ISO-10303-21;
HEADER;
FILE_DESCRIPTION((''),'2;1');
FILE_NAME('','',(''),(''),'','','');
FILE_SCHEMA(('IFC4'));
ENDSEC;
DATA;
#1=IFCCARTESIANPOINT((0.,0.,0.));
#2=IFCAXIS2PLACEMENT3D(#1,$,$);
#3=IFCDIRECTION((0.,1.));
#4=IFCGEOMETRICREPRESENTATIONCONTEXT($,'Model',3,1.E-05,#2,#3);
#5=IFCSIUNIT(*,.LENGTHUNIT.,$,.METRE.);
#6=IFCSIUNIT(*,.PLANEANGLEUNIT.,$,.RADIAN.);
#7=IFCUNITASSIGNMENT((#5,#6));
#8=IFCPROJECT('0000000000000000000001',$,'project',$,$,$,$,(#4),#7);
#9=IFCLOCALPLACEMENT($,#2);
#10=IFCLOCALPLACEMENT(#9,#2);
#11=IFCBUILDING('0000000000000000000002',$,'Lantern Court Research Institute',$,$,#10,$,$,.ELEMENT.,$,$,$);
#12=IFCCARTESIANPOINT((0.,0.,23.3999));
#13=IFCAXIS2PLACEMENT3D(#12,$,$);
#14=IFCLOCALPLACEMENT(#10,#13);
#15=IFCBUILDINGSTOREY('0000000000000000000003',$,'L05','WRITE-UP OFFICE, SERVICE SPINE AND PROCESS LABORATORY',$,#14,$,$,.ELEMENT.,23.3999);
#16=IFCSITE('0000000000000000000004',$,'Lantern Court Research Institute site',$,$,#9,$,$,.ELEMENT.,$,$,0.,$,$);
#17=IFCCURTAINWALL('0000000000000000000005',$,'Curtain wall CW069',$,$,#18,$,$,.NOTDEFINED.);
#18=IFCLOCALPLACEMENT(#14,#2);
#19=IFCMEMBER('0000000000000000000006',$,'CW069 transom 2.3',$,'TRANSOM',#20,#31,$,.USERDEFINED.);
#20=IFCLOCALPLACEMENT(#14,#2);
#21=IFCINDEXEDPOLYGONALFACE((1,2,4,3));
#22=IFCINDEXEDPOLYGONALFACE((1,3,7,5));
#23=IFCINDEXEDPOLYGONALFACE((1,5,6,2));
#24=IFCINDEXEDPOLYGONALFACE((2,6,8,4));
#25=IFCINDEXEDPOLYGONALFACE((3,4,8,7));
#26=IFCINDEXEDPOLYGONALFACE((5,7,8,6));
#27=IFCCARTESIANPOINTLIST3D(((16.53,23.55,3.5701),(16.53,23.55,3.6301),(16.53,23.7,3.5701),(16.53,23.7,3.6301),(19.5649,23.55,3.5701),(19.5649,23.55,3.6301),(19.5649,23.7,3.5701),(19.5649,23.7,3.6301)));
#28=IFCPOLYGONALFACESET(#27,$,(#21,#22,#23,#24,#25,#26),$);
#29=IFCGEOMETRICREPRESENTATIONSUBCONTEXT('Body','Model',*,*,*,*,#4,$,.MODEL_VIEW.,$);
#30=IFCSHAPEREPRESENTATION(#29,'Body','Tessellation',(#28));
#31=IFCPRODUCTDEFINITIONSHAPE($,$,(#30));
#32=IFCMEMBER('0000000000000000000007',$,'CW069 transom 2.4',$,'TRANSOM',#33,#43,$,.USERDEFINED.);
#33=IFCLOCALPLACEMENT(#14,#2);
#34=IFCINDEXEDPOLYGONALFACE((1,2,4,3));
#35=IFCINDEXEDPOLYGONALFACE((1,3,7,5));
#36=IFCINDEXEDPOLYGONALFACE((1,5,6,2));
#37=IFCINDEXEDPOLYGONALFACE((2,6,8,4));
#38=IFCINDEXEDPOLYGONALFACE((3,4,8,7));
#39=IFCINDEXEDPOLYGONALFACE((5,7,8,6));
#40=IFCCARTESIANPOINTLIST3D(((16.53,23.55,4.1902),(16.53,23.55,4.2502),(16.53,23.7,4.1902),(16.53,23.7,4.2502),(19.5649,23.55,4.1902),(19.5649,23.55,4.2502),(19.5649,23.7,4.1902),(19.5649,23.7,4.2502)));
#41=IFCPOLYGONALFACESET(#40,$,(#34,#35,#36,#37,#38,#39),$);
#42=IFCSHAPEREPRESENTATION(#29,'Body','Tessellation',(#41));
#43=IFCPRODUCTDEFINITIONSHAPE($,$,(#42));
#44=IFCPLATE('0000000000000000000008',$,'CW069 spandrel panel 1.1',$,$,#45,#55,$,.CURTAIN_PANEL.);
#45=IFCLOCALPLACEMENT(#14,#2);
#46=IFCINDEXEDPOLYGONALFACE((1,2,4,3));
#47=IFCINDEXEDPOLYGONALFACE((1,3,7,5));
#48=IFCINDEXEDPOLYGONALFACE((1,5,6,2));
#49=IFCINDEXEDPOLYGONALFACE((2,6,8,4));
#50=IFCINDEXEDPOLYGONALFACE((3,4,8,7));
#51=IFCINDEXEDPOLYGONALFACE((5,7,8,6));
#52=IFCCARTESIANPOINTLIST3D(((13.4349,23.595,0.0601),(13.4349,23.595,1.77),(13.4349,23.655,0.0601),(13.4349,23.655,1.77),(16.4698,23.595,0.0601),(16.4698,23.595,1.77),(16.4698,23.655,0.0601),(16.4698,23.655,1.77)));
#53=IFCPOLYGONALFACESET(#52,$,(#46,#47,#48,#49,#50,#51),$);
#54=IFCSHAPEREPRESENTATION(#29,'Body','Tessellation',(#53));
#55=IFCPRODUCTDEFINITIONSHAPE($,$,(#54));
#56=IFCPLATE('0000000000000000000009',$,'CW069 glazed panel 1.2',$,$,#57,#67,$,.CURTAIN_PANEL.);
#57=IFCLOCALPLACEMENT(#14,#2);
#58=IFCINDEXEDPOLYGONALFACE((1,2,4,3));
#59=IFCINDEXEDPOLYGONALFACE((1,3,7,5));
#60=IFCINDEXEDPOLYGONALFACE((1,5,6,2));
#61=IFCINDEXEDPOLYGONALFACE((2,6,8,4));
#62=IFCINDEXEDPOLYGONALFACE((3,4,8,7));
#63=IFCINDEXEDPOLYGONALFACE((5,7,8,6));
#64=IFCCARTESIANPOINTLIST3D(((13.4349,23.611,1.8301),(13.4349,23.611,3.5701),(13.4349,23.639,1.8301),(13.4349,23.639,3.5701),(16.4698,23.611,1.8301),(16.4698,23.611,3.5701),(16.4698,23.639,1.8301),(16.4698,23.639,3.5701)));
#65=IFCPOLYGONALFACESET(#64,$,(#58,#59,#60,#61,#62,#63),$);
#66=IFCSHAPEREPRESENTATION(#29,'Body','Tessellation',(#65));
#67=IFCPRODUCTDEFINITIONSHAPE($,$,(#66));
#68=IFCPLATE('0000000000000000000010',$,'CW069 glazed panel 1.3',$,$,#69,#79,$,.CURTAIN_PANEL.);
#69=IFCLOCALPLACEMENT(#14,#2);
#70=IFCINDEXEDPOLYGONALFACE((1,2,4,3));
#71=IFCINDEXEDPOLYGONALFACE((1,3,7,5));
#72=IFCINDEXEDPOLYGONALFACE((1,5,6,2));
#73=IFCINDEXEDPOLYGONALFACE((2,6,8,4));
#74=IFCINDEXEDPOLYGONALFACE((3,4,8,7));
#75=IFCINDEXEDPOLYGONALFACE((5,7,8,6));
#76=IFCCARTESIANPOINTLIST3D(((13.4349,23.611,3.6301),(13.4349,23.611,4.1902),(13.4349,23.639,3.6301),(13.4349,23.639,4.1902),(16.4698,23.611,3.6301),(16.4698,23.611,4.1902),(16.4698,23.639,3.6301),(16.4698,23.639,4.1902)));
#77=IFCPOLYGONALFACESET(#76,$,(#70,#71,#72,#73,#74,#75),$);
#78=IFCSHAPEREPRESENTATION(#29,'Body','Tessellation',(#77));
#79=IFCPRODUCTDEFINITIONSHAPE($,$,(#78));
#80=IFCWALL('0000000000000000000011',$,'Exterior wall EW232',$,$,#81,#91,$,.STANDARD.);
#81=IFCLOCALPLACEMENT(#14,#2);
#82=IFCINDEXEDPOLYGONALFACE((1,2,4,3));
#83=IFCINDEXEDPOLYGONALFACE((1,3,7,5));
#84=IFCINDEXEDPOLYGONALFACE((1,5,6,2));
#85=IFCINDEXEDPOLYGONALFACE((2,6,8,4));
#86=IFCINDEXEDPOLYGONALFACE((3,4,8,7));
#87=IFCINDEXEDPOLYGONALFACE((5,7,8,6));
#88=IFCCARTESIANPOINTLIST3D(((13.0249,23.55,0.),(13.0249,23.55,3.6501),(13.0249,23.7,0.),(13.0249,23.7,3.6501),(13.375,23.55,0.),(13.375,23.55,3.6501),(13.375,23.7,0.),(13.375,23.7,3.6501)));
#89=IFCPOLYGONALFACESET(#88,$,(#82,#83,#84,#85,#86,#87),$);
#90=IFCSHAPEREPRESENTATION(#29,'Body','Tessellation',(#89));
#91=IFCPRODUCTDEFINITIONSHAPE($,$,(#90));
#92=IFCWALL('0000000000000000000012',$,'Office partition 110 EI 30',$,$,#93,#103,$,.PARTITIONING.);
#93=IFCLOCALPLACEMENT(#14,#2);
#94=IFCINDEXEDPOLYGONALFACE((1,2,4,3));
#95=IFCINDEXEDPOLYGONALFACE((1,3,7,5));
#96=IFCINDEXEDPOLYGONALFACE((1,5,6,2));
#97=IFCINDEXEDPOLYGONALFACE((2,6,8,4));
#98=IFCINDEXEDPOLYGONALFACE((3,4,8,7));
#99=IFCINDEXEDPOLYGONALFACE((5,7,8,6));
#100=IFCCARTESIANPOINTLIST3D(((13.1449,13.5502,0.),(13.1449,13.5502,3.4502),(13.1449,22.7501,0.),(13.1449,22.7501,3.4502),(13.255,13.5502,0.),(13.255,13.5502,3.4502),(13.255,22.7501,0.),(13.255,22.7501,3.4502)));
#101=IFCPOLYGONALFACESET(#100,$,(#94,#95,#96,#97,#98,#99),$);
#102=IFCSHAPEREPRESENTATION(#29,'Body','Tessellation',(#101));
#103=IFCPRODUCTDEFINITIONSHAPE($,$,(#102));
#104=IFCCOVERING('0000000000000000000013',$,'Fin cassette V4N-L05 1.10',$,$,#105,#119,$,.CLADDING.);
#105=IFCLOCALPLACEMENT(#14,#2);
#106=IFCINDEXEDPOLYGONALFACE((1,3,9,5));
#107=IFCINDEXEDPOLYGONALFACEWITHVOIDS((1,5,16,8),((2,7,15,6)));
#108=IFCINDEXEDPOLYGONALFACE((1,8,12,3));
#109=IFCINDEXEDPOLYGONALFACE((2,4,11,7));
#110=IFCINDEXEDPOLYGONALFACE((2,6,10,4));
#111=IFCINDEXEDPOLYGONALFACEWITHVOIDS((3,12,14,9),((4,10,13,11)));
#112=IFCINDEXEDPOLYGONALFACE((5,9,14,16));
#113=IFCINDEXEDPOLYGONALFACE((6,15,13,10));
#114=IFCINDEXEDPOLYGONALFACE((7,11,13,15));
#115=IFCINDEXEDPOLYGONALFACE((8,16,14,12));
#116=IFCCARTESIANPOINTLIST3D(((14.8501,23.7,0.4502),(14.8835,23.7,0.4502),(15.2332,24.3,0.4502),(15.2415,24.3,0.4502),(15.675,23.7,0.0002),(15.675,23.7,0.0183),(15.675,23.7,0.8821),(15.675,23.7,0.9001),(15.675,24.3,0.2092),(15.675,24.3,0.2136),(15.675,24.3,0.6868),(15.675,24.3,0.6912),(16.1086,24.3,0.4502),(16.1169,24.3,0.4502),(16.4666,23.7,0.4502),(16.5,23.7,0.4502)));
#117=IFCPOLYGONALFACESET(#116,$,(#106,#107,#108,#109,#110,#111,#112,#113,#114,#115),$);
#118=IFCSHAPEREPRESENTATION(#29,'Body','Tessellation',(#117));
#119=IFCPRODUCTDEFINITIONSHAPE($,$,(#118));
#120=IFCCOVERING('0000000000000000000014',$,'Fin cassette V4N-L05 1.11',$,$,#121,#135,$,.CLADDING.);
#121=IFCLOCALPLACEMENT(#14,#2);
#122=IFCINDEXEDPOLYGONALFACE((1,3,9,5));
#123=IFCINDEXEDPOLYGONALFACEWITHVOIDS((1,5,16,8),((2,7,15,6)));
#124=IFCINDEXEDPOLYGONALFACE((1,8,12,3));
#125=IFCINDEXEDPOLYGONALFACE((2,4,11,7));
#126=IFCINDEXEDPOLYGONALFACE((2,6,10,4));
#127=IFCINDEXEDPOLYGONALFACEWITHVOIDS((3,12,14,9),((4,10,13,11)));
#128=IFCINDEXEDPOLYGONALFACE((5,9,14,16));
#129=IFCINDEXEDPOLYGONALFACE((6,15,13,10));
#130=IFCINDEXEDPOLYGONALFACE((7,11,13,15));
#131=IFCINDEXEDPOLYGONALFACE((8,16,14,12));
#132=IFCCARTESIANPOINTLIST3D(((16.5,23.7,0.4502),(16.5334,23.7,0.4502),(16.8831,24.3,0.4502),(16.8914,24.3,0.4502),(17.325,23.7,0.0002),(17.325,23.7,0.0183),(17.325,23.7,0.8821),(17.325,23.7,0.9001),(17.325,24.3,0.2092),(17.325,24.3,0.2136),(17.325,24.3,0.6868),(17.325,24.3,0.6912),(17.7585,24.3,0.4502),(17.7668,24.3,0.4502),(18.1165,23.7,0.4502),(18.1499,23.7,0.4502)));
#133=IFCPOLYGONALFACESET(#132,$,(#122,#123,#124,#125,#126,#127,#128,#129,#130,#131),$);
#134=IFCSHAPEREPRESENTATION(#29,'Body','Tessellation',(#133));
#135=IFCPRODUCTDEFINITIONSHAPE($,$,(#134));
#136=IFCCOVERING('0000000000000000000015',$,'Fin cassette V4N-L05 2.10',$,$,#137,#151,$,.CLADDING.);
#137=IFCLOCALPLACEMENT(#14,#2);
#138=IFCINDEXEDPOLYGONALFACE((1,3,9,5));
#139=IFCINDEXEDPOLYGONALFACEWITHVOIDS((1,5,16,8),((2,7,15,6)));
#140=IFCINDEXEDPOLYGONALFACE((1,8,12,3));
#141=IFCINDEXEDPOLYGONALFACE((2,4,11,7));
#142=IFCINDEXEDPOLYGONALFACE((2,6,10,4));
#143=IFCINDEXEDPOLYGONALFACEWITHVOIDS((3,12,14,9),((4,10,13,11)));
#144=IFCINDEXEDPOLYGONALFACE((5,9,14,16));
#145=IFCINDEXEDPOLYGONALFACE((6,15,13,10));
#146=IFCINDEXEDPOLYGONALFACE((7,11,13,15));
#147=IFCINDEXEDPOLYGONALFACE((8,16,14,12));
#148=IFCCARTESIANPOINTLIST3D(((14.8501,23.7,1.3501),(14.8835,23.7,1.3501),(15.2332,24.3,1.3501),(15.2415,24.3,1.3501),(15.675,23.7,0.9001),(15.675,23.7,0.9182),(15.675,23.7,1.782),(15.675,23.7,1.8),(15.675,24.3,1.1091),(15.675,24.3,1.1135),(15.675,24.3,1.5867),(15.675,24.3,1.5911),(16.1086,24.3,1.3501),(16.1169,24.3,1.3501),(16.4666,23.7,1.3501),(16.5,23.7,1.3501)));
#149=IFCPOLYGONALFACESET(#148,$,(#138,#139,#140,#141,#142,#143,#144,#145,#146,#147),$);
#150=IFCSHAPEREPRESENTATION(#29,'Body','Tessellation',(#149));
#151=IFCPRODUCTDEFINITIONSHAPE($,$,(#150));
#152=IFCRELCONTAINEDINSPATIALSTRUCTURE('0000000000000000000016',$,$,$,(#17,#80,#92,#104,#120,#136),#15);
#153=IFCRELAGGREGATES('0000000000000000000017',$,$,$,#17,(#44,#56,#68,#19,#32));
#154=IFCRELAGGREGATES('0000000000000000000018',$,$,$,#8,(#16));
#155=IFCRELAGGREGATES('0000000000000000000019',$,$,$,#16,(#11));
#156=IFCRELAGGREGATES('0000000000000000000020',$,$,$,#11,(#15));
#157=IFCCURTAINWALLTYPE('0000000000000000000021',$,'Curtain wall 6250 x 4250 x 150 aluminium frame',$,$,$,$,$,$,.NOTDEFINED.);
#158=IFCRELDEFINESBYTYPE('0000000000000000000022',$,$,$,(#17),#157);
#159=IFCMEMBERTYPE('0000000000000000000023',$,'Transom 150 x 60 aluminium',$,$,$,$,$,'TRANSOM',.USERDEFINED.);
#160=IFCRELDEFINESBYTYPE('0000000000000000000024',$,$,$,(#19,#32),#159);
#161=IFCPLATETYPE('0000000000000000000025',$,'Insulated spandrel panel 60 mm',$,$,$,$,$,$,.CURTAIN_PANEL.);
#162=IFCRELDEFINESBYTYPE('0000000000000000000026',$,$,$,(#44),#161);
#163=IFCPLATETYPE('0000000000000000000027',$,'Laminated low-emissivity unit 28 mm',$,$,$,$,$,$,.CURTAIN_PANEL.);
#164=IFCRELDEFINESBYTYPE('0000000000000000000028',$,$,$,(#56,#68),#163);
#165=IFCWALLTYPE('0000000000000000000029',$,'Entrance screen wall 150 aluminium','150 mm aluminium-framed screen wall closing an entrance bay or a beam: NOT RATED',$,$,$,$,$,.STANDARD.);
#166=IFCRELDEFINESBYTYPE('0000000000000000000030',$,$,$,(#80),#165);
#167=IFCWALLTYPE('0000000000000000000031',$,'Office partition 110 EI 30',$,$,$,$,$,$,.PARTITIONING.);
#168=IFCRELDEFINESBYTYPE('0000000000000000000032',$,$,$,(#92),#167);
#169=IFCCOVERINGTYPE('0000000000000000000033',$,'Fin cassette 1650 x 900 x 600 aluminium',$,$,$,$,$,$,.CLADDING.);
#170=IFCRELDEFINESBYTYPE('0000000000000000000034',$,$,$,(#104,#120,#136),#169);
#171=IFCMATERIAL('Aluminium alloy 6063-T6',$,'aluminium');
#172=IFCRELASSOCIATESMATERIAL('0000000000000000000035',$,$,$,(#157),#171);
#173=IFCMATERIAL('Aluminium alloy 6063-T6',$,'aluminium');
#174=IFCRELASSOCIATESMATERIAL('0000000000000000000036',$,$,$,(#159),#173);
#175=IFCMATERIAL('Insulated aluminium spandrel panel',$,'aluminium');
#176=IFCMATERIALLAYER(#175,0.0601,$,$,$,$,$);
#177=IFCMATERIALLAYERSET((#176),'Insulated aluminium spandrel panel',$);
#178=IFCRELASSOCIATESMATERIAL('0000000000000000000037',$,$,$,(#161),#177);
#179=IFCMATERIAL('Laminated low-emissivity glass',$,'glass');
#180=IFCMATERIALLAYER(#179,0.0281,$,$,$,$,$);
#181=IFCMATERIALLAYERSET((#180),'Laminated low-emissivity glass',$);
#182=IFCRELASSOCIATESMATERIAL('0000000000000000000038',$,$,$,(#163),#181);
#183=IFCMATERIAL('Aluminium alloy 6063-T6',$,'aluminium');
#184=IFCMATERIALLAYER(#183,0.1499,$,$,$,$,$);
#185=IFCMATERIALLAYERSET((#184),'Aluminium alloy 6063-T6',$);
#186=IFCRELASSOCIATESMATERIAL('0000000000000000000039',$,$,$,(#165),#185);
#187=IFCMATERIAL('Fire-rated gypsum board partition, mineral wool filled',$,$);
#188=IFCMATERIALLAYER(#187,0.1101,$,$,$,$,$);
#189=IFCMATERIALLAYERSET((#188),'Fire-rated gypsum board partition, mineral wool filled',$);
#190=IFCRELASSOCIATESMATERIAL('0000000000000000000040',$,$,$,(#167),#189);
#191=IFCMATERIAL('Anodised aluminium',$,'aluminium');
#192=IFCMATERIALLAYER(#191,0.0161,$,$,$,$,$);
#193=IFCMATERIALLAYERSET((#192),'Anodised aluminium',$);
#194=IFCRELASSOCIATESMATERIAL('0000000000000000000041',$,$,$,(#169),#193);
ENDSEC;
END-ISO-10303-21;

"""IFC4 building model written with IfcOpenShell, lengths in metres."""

from ifc_helpers import new_model, entity, si_unit, direction, frame, frame_2d, origin, origin_2d, place, context, subcontext, project, spatial, rectangle, extrude, material, layer, layer_set, material_profile, profile_set, type_object, element, aggregate, save


model = new_model("IFC4")

# Units and contexts
model_context = context("Model", 3, precision=1e-05, world=origin(), true_north=direction((0.0, 1.0)))
body_context = subcontext(model_context, "Body", "Model", "MODEL_VIEW")
ifc_project = project(units=[si_unit("LENGTHUNIT", "METRE"), si_unit("PLANEANGLEUNIT", "RADIAN")], contexts=[model_context])

# Site, building, storey
site_placement = place(None, origin())
site = spatial("IfcSite", under=ifc_project, at=site_placement, Name="Lantern Court Research Institute site", CompositionType="ELEMENT", RefElevation=0.0)
building_placement = place(site_placement, origin())
building = spatial("IfcBuilding", under=site, at=building_placement, Name="Lantern Court Research Institute", CompositionType="ELEMENT")
storey_placement = place(building_placement, frame((0.0, 0.0, 23.3999)))
storey = spatial("IfcBuildingStorey", under=building, at=storey_placement, Name="L05", Description="WRITE-UP OFFICE, SERVICE SPINE AND PROCESS LABORATORY", CompositionType="ELEMENT", Elevation=23.3999)

# Shared definitions
ifc_material_1 = material(Name="Aluminium alloy 6063-T6", Category="aluminium")
curtain_wall_type = type_object("IfcCurtainWallType", Name="Curtain wall 6250 x 4250 x 150 aluminium frame", PredefinedType="NOTDEFINED", material=ifc_material_1)

# Curtain wall
curtain_wall_1_placement = place(storey_placement, origin())
curtain_wall_1 = element("IfcCurtainWall", 1, at=curtain_wall_1_placement, inside=storey, type_object=curtain_wall_type, Name="Curtain wall CW069", PredefinedType="NOTDEFINED")

# Members
ifc_material_2 = material(Name="Aluminium alloy 6063-T6", Category="aluminium")
ifc_material_profile_1 = material_profile(ifc_material_2, rectangle(XDim=0.1499, YDim=0.0601, at=origin_2d()), Name="Transom 150 x 60")
ifc_profile_set_1 = profile_set([ifc_material_profile_1], Name="Aluminium alloy 6063-T6")
member_type_1 = type_object("IfcMemberType", Name="Transom 150 x 60 aluminium", ElementType="TRANSOM", PredefinedType="USERDEFINED", material=ifc_profile_set_1)
member_1_placement = place(storey_placement, frame((16.53, 23.625, 3.6001), z_axis=(1.0, 0.0, 0.0), x_axis=(0.0, 1.0, 0.0)))
member_1 = element("IfcMember", 2, at=member_1_placement, type_object=member_type_1, Name="CW069 transom 2.3", ObjectType="TRANSOM", PredefinedType="USERDEFINED", context=body_context, shape_type="SweptSolid", body=[
    extrude(rectangle(XDim=0.1499, YDim=0.0601, at=origin_2d()), origin(), (0.0, 0.0, 1.0), 3.0349),
])
member_2_placement = place(storey_placement, frame((16.53, 23.625, 4.2202), z_axis=(1.0, 0.0, 0.0), x_axis=(0.0, 1.0, 0.0)))
member_2 = element("IfcMember", 3, at=member_2_placement, type_object=member_type_1, Name="CW069 transom 2.4", ObjectType="TRANSOM", PredefinedType="USERDEFINED", context=body_context, shape_type="SweptSolid", body=[
    extrude(rectangle(XDim=0.1499, YDim=0.0601, at=origin_2d()), origin(), (0.0, 0.0, 1.0), 3.0349),
])

# Plates
ifc_material_3 = material(Name="Insulated aluminium spandrel panel", Category="aluminium")
ifc_layer_1 = layer(ifc_material_3, 0.0601)
ifc_layer_set_1 = layer_set([ifc_layer_1], Name="Insulated aluminium spandrel panel")
plate_type_1 = type_object("IfcPlateType", Name="Insulated spandrel panel 60 mm", PredefinedType="CURTAIN_PANEL", material=ifc_layer_set_1)
plate_1_placement = place(storey_placement, frame((14.9524, 23.625, 0.0601), z_axis=(0.0, 0.0, 1.0), x_axis=(1.0, 0.0, 0.0)))
plate_1 = element("IfcPlate", 4, at=plate_1_placement, type_object=plate_type_1, Name="CW069 spandrel panel 1.1", PredefinedType="CURTAIN_PANEL", context=body_context, shape_type="SweptSolid", body=[
    extrude(rectangle(XDim=3.0349, YDim=0.0601, at=origin_2d()), origin(), (0.0, 0.0, 1.0), 1.71),
])
ifc_material_4 = material(Name="Laminated low-emissivity glass", Category="glass")
ifc_layer_2 = layer(ifc_material_4, 0.0281)
ifc_layer_set_2 = layer_set([ifc_layer_2], Name="Laminated low-emissivity glass")
plate_type_2 = type_object("IfcPlateType", Name="Laminated low-emissivity unit 28 mm", PredefinedType="CURTAIN_PANEL", material=ifc_layer_set_2)
plate_2_placement = place(storey_placement, frame((14.9524, 23.625, 1.8301), z_axis=(0.0, 0.0, 1.0), x_axis=(1.0, 0.0, 0.0)))
plate_2 = element("IfcPlate", 5, at=plate_2_placement, type_object=plate_type_2, Name="CW069 glazed panel 1.2", PredefinedType="CURTAIN_PANEL", context=body_context, shape_type="SweptSolid", body=[
    extrude(rectangle(XDim=3.0349, YDim=0.0281, at=origin_2d()), origin(), (0.0, 0.0, 1.0), 1.74),
])
plate_3_placement = place(storey_placement, frame((14.9524, 23.625, 3.6301), z_axis=(0.0, 0.0, 1.0), x_axis=(1.0, 0.0, 0.0)))
plate_3 = element("IfcPlate", 6, at=plate_3_placement, type_object=plate_type_2, Name="CW069 glazed panel 1.3", PredefinedType="CURTAIN_PANEL", context=body_context, shape_type="SweptSolid", body=[
    extrude(rectangle(XDim=3.0349, YDim=0.0281, at=origin_2d()), origin(), (0.0, 0.0, 1.0), 0.5601),
])
aggregate(curtain_wall_1, [plate_1, plate_2, plate_3, member_1, member_2])

# Walls
ifc_material_5 = material(Name="Aluminium alloy 6063-T6", Category="aluminium")
ifc_layer_3 = layer(ifc_material_5, 0.1499)
ifc_layer_set_3 = layer_set([ifc_layer_3], Name="Aluminium alloy 6063-T6")
wall_type_1 = type_object("IfcWallType", Name="Entrance screen wall 150 aluminium", Description="150 mm aluminium-framed screen wall closing an entrance bay or a beam: NOT RATED", PredefinedType="STANDARD", material=ifc_layer_set_3)
wall_1_placement = place(storey_placement, frame((13.0249, 23.625, 0.0), z_axis=(0.0, 0.0, 1.0), x_axis=(1.0, 0.0, 0.0)))
element("IfcWall", 7, at=wall_1_placement, inside=storey, type_object=wall_type_1, Name="Exterior wall EW232", PredefinedType="STANDARD", context=body_context, shape_type="SweptSolid", body=[
    extrude(rectangle(XDim=0.3501, YDim=0.1499, at=frame_2d((0.175, 0.0))), origin(), (0.0, 0.0, 1.0), 3.6501),
])
ifc_material_6 = material(Name="Fire-rated gypsum board partition, mineral wool filled")
ifc_layer_4 = layer(ifc_material_6, 0.1101)
ifc_layer_set_4 = layer_set([ifc_layer_4], Name="Fire-rated gypsum board partition, mineral wool filled")
wall_type_2 = type_object("IfcWallType", Name="Office partition 110 EI 30", PredefinedType="PARTITIONING", material=ifc_layer_set_4)
wall_2_placement = place(storey_placement, frame((13.2, 13.55, 0.0), z_axis=(0.0, 0.0, 1.0), x_axis=(0.0, 1.0, 0.0)))
element("IfcWall", 8, at=wall_2_placement, inside=storey, type_object=wall_type_2, Name="Office partition 110 EI 30", PredefinedType="PARTITIONING", context=body_context, shape_type="SweptSolid", body=[
    extrude(rectangle(XDim=9.2, YDim=0.1101, at=frame_2d((4.6001, 0.0))), origin(), (0.0, 0.0, 1.0), 3.4502),
])

# Coverings
ifc_material_7 = material(Name="Anodised aluminium", Category="aluminium")
ifc_layer_5 = layer(ifc_material_7, 0.0161)
ifc_layer_set_5 = layer_set([ifc_layer_5], Name="Anodised aluminium")
covering_type = type_object("IfcCoveringType", Name="Fin cassette 1650 x 900 x 600 aluminium", PredefinedType="CLADDING", material=ifc_layer_set_5)
covering_1_placement = place(storey_placement, frame((15.675, 23.7, 0.4502), z_axis=(0.0, 1.0, 0.0), x_axis=(-1.0, 0.0, 0.0)))
cartesian_point_1 = entity("IfcCartesianPoint", [0.825, 0.0])
cartesian_point_2 = entity("IfcCartesianPoint", [0.7915, 0.0])
cartesian_point_3 = entity("IfcCartesianPoint", [0.4419, 0.0])
cartesian_point_4 = entity("IfcCartesianPoint", [0.4336, 0.0])
element("IfcCovering", 9, at=covering_1_placement, inside=storey, type_object=covering_type, Name="Fin cassette V4N-L05 1.10", PredefinedType="CLADDING", context=body_context, shape_type="SweptSolid", body=[
    entity("IfcExtrudedAreaSolidTapered", entity("IfcArbitraryProfileDefWithVoids", "AREA", None, entity("IfcPolyline", [cartesian_point_1, entity("IfcCartesianPoint", [0.0, 0.45]), entity("IfcCartesianPoint", [-0.825, 0.0]), entity("IfcCartesianPoint", [0.0, -0.45]), cartesian_point_1]), [entity("IfcPolyline", [cartesian_point_2, entity("IfcCartesianPoint", [0.0, 0.4319]), entity("IfcCartesianPoint", [-0.7915, 0.0]), entity("IfcCartesianPoint", [0.0, -0.4319]), cartesian_point_2])]), entity("IfcAxis2Placement3D", entity("IfcCartesianPoint", [0.0, 0.0, 0.0])), entity("IfcDirection", [0.0, 0.0, 1.0]), 0.6001, entity("IfcArbitraryProfileDefWithVoids", "AREA", None, entity("IfcPolyline", [cartesian_point_3, entity("IfcCartesianPoint", [0.0, 0.241]), entity("IfcCartesianPoint", [-0.4419, 0.0]), entity("IfcCartesianPoint", [0.0, -0.241]), cartesian_point_3]), [entity("IfcPolyline", [cartesian_point_4, entity("IfcCartesianPoint", [0.0, 0.2366]), entity("IfcCartesianPoint", [-0.4336, 0.0]), entity("IfcCartesianPoint", [0.0, -0.2366]), cartesian_point_4])])),
])
covering_2_placement = place(storey_placement, frame((17.325, 23.7, 0.4502), z_axis=(0.0, 1.0, 0.0), x_axis=(-1.0, 0.0, 0.0)))
cartesian_point_5 = entity("IfcCartesianPoint", [0.825, 0.0])
cartesian_point_6 = entity("IfcCartesianPoint", [0.7915, 0.0])
cartesian_point_7 = entity("IfcCartesianPoint", [0.4419, 0.0])
cartesian_point_8 = entity("IfcCartesianPoint", [0.4336, 0.0])
element("IfcCovering", 10, at=covering_2_placement, inside=storey, type_object=covering_type, Name="Fin cassette V4N-L05 1.11", PredefinedType="CLADDING", context=body_context, shape_type="SweptSolid", body=[
    entity("IfcExtrudedAreaSolidTapered", entity("IfcArbitraryProfileDefWithVoids", "AREA", None, entity("IfcPolyline", [cartesian_point_5, entity("IfcCartesianPoint", [0.0, 0.45]), entity("IfcCartesianPoint", [-0.825, 0.0]), entity("IfcCartesianPoint", [0.0, -0.45]), cartesian_point_5]), [entity("IfcPolyline", [cartesian_point_6, entity("IfcCartesianPoint", [0.0, 0.4319]), entity("IfcCartesianPoint", [-0.7915, 0.0]), entity("IfcCartesianPoint", [0.0, -0.4319]), cartesian_point_6])]), entity("IfcAxis2Placement3D", entity("IfcCartesianPoint", [0.0, 0.0, 0.0])), entity("IfcDirection", [0.0, 0.0, 1.0]), 0.6001, entity("IfcArbitraryProfileDefWithVoids", "AREA", None, entity("IfcPolyline", [cartesian_point_7, entity("IfcCartesianPoint", [0.0, 0.241]), entity("IfcCartesianPoint", [-0.4419, 0.0]), entity("IfcCartesianPoint", [0.0, -0.241]), cartesian_point_7]), [entity("IfcPolyline", [cartesian_point_8, entity("IfcCartesianPoint", [0.0, 0.2366]), entity("IfcCartesianPoint", [-0.4336, 0.0]), entity("IfcCartesianPoint", [0.0, -0.2366]), cartesian_point_8])])),
])
covering_3_placement = place(storey_placement, frame((15.675, 23.7, 1.3501), z_axis=(0.0, 1.0, 0.0), x_axis=(-1.0, 0.0, 0.0)))
cartesian_point_9 = entity("IfcCartesianPoint", [0.825, 0.0])
cartesian_point_10 = entity("IfcCartesianPoint", [0.7915, 0.0])
cartesian_point_11 = entity("IfcCartesianPoint", [0.4419, 0.0])
cartesian_point_12 = entity("IfcCartesianPoint", [0.4336, 0.0])
element("IfcCovering", 11, at=covering_3_placement, inside=storey, type_object=covering_type, Name="Fin cassette V4N-L05 2.10", PredefinedType="CLADDING", context=body_context, shape_type="SweptSolid", body=[
    entity("IfcExtrudedAreaSolidTapered", entity("IfcArbitraryProfileDefWithVoids", "AREA", None, entity("IfcPolyline", [cartesian_point_9, entity("IfcCartesianPoint", [0.0, 0.45]), entity("IfcCartesianPoint", [-0.825, 0.0]), entity("IfcCartesianPoint", [0.0, -0.45]), cartesian_point_9]), [entity("IfcPolyline", [cartesian_point_10, entity("IfcCartesianPoint", [0.0, 0.4319]), entity("IfcCartesianPoint", [-0.7915, 0.0]), entity("IfcCartesianPoint", [0.0, -0.4319]), cartesian_point_10])]), entity("IfcAxis2Placement3D", entity("IfcCartesianPoint", [0.0, 0.0, 0.0])), entity("IfcDirection", [0.0, 0.0, 1.0]), 0.6001, entity("IfcArbitraryProfileDefWithVoids", "AREA", None, entity("IfcPolyline", [cartesian_point_11, entity("IfcCartesianPoint", [0.0, 0.241]), entity("IfcCartesianPoint", [-0.4419, 0.0]), entity("IfcCartesianPoint", [0.0, -0.241]), cartesian_point_11]), [entity("IfcPolyline", [cartesian_point_12, entity("IfcCartesianPoint", [0.0, 0.2366]), entity("IfcCartesianPoint", [-0.4336, 0.0]), entity("IfcCartesianPoint", [0.0, -0.2366]), cartesian_point_12])])),
])

save(model, "model.ifc")
